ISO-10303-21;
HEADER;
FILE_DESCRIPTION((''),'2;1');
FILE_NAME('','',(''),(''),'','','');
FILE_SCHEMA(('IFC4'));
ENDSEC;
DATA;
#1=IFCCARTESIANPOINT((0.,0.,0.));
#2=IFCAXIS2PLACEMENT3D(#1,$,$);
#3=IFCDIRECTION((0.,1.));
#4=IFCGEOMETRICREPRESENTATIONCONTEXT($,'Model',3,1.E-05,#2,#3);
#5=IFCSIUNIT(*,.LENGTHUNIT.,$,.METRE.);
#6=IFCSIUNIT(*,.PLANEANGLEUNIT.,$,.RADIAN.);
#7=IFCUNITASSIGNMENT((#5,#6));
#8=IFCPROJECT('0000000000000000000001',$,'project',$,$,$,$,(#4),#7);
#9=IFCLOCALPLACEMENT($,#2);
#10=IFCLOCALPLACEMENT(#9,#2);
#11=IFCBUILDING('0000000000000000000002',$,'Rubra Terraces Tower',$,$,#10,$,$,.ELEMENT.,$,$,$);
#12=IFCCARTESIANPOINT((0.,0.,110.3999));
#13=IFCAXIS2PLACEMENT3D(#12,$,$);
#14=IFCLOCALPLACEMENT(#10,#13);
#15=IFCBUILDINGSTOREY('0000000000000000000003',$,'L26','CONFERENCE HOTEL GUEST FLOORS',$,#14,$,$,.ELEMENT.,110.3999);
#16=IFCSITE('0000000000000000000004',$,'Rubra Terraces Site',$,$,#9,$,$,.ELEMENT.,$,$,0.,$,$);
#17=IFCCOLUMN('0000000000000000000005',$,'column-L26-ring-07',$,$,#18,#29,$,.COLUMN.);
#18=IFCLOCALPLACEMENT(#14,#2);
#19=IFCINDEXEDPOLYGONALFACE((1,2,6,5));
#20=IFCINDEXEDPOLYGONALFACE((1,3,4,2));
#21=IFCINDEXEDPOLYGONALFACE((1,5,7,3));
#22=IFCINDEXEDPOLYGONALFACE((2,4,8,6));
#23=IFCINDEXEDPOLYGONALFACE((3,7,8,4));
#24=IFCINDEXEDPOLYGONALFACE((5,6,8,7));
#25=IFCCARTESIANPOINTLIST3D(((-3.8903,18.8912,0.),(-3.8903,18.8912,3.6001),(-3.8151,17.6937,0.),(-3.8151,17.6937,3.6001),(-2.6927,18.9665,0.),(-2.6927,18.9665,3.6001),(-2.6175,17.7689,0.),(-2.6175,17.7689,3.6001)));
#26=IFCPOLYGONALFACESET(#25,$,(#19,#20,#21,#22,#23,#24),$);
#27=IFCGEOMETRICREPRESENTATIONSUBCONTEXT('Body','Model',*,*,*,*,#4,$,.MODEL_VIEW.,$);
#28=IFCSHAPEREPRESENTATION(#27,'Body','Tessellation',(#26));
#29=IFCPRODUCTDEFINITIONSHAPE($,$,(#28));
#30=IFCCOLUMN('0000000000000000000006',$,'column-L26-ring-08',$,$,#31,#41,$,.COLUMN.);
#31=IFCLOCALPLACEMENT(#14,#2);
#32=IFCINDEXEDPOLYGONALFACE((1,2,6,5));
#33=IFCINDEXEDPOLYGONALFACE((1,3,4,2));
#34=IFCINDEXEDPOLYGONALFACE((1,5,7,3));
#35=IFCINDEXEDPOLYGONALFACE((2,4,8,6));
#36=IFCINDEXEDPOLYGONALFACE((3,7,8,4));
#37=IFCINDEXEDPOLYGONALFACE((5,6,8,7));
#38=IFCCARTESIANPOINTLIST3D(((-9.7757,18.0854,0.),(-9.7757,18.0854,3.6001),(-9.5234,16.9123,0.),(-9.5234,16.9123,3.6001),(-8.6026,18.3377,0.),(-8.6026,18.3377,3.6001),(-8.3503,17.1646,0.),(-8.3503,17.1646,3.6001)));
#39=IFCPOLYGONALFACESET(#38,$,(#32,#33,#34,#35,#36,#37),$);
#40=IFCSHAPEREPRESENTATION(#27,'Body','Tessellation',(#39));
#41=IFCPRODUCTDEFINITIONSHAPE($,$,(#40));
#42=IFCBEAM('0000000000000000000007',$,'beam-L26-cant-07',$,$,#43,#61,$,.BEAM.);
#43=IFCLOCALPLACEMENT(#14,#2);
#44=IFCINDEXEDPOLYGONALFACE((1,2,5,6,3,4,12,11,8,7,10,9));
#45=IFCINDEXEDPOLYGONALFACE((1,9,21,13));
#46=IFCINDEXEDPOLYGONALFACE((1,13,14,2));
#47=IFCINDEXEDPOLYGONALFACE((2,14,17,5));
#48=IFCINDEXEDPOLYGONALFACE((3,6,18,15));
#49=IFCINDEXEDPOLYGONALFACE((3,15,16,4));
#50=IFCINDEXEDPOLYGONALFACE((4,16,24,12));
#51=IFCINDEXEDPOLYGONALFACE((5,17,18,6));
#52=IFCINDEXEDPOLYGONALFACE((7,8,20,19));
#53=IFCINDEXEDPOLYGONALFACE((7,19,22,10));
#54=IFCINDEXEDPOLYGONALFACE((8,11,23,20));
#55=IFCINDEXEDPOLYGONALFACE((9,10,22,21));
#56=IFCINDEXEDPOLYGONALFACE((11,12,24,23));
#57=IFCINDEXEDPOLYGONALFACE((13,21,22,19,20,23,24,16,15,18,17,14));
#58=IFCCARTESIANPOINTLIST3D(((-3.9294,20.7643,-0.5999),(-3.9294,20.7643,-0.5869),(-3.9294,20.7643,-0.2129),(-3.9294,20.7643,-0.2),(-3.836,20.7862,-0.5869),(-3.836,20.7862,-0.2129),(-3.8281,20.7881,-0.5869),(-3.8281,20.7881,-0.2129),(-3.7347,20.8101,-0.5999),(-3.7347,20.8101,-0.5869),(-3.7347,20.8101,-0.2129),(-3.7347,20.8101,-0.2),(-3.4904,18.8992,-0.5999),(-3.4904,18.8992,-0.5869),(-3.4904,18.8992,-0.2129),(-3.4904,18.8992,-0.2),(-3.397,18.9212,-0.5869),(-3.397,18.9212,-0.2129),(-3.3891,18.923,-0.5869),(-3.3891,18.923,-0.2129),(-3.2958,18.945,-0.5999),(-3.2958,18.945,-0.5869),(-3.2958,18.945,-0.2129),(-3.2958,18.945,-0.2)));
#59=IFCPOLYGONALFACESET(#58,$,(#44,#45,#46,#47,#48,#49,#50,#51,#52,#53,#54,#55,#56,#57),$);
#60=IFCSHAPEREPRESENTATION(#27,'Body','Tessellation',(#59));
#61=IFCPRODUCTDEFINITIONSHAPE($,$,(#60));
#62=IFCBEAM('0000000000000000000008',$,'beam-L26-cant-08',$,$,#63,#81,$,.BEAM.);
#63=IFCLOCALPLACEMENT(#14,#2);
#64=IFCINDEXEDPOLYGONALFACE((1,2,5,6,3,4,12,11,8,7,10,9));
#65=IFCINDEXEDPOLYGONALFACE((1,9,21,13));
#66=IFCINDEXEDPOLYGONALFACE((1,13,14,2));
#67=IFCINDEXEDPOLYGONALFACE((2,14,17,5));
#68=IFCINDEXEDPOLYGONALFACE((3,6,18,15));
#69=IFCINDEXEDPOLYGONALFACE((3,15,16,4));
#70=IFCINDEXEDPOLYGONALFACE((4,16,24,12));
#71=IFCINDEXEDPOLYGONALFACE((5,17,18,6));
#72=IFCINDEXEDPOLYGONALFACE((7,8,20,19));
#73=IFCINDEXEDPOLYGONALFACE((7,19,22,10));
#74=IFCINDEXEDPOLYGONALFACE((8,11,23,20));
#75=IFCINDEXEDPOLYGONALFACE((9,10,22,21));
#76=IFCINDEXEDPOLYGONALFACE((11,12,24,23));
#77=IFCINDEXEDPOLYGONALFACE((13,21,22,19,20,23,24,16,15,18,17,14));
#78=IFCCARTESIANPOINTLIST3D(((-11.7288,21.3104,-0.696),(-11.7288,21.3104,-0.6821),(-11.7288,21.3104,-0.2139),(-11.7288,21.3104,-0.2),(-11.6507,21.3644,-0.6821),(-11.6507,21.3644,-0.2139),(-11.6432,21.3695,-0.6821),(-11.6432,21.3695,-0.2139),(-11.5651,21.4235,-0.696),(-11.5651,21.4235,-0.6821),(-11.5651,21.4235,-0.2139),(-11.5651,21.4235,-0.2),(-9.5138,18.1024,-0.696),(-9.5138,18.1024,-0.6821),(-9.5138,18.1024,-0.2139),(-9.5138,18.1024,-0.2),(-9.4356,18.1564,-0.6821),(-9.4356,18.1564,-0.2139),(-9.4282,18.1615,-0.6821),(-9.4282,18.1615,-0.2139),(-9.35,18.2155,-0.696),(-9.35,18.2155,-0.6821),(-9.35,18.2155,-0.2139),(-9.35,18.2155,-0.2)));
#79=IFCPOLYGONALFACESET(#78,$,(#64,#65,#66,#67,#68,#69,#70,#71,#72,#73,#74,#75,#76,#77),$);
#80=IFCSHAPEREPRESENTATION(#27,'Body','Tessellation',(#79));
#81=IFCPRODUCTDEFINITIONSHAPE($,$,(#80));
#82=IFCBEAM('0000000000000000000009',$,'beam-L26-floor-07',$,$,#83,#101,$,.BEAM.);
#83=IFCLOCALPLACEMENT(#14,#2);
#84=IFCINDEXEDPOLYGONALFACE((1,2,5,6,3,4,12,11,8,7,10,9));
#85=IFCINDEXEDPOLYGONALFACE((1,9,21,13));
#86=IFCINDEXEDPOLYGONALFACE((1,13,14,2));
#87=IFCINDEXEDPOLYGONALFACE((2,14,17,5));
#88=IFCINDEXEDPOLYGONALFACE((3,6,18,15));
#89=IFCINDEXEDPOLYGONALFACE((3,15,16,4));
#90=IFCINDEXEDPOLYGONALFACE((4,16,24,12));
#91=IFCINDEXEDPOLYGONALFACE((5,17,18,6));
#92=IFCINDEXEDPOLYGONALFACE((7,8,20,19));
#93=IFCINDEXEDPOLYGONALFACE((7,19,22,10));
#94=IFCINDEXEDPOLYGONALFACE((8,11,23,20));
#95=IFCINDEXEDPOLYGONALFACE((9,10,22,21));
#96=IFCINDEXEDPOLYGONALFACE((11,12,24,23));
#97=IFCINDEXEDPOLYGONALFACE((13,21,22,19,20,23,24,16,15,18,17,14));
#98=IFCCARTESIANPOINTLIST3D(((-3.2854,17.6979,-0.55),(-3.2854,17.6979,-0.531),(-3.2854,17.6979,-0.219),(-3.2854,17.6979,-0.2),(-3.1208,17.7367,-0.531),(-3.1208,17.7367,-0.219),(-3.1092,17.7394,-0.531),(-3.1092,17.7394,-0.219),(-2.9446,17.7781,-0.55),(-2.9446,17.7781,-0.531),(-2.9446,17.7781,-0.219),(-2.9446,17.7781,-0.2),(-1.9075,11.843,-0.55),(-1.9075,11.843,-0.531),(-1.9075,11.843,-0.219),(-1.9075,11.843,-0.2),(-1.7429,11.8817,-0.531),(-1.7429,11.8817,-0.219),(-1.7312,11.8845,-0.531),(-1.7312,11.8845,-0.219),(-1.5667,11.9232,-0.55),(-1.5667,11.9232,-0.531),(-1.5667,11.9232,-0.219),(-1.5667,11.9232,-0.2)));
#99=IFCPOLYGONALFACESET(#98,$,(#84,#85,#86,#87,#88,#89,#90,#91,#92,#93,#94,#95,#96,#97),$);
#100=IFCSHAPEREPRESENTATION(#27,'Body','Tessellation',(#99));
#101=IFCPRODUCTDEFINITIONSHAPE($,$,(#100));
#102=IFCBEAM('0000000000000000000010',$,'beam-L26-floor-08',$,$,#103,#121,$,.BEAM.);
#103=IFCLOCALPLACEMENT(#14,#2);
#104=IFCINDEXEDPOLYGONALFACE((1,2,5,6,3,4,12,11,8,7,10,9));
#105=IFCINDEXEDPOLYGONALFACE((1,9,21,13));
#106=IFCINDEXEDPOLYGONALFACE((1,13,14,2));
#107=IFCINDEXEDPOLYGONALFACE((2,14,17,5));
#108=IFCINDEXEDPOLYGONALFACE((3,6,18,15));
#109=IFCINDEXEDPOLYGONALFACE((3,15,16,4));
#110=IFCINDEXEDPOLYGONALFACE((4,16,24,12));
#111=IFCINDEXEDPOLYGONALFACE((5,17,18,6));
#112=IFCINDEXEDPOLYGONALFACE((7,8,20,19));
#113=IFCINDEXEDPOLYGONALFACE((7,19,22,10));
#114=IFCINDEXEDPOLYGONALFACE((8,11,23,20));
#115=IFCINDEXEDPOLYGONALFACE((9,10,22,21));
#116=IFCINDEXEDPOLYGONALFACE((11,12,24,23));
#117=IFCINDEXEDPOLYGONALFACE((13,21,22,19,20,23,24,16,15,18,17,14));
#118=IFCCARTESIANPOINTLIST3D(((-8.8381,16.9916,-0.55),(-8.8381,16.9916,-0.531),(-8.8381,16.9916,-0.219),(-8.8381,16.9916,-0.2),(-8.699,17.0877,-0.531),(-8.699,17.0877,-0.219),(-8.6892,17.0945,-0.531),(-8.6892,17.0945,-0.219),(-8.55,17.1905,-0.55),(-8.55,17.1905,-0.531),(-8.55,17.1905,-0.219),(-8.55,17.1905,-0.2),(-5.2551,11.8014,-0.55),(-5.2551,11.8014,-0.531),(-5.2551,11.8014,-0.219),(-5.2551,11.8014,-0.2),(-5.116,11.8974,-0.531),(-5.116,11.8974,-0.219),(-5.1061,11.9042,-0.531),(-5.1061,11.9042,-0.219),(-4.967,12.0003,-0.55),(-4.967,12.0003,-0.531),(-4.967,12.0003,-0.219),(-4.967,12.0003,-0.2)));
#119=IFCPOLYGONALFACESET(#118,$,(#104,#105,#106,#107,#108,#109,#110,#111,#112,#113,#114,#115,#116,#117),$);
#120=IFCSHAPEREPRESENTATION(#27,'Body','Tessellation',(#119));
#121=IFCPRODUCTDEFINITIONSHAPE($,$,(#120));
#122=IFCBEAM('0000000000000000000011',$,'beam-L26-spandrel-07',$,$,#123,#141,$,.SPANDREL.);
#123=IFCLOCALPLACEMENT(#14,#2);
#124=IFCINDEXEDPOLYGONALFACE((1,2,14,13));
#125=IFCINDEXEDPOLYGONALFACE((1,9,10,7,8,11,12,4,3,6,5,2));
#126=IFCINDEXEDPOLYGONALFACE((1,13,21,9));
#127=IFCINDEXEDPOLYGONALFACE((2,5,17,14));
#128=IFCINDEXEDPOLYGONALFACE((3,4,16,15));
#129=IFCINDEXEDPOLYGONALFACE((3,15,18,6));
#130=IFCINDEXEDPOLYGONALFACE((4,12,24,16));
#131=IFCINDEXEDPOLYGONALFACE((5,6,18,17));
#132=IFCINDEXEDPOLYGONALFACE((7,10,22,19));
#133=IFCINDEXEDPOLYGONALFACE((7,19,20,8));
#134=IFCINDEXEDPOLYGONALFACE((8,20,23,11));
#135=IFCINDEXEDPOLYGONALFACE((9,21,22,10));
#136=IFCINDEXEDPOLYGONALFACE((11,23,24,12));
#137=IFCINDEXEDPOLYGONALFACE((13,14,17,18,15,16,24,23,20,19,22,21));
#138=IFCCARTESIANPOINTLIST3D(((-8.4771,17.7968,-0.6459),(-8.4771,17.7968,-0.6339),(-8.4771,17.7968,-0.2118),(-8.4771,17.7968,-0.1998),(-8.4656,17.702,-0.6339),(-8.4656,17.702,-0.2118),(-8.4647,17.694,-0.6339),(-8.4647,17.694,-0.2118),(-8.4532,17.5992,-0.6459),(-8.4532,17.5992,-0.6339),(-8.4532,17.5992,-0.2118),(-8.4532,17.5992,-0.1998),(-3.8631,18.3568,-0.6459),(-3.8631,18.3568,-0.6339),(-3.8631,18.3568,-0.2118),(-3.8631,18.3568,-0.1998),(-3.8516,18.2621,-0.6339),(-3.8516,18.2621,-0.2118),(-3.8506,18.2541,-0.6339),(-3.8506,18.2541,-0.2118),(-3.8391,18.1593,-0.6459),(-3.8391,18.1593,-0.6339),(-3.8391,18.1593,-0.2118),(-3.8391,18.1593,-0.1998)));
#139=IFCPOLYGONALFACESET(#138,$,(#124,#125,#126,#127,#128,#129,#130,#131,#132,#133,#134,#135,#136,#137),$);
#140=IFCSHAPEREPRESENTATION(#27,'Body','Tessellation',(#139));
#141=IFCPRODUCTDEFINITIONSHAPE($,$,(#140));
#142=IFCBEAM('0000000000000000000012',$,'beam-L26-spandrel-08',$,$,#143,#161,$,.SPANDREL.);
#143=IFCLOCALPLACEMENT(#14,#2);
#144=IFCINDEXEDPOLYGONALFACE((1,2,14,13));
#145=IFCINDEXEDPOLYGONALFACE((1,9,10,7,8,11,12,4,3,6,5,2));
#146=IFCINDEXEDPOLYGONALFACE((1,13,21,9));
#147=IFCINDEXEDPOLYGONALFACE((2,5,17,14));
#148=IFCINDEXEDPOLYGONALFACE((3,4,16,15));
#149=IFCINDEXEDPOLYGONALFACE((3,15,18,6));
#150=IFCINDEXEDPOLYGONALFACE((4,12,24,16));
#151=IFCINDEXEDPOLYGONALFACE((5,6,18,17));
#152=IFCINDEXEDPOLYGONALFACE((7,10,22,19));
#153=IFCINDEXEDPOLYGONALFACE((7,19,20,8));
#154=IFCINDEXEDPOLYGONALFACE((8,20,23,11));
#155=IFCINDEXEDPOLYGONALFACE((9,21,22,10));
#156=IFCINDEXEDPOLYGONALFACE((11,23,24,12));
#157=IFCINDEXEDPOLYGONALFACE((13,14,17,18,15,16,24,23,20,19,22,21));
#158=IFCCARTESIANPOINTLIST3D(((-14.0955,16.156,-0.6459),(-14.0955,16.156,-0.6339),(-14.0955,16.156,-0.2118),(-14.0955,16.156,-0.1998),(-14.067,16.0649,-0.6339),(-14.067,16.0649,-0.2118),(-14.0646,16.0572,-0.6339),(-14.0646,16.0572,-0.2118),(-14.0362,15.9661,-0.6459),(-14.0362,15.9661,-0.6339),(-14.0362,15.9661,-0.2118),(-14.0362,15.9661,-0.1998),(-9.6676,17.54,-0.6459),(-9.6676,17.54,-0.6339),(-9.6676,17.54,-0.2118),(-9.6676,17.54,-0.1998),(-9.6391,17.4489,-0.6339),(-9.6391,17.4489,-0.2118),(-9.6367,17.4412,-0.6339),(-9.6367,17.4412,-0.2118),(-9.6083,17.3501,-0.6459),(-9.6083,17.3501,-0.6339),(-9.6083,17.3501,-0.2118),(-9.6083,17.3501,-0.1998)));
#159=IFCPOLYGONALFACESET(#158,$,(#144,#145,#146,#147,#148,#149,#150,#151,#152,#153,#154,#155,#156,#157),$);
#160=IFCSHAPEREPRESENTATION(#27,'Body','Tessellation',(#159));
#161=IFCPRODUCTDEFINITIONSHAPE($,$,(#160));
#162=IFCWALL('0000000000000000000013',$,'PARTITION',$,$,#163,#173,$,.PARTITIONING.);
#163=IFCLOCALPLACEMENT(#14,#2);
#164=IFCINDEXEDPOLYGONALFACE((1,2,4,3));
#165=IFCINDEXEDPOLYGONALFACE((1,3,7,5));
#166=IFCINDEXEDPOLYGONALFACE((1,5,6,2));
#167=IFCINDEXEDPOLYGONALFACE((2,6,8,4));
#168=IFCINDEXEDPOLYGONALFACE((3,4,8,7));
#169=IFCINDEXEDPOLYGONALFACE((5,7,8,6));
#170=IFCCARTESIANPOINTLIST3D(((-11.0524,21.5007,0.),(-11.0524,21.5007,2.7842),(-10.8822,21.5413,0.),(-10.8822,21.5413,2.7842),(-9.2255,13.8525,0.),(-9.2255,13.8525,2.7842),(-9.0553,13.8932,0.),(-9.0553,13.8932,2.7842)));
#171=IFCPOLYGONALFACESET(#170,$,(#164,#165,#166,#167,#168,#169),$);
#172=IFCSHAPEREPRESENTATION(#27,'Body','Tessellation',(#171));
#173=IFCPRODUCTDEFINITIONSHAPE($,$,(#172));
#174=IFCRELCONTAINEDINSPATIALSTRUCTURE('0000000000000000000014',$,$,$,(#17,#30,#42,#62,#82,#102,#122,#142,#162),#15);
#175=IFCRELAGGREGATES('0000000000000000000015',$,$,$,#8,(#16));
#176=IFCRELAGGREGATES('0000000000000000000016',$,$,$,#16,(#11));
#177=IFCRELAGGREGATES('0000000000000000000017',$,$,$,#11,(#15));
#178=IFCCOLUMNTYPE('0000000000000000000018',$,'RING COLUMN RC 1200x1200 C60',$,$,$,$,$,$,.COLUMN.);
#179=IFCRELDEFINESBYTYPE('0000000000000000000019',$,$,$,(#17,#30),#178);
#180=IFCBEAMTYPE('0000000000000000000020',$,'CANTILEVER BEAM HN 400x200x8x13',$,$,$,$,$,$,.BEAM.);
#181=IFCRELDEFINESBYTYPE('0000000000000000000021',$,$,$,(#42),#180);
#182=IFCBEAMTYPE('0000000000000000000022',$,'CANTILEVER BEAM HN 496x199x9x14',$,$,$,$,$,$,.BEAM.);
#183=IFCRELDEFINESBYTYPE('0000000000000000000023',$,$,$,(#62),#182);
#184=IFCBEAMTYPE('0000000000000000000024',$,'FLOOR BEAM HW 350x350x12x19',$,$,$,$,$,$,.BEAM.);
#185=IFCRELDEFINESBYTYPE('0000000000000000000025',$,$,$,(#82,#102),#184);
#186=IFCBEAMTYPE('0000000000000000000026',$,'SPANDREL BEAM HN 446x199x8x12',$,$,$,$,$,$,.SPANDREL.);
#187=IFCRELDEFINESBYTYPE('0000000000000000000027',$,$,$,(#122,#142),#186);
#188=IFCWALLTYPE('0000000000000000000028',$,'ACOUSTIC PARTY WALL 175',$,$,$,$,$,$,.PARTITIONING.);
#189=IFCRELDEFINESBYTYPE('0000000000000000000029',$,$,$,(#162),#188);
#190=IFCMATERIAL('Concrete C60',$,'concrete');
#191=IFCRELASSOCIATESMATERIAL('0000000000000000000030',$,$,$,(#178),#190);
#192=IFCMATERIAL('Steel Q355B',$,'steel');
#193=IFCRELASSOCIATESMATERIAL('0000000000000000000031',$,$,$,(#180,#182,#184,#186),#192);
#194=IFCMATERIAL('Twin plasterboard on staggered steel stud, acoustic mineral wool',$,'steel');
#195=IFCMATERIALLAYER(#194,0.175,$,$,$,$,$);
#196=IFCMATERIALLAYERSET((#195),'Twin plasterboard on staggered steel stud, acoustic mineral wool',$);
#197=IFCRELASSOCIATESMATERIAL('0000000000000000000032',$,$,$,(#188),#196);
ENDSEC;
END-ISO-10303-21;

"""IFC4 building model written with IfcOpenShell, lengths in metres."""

from ifc_helpers import new_model, si_unit, direction, frame, frame_2d, origin, origin_2d, place, context, subcontext, project, spatial, rectangle, i_section, extrude, material, layer, layer_set, material_profile, profile_set, type_object, element, save


model = new_model("IFC4")

# Units and contexts
model_context = context("Model", 3, precision=1e-05, world=origin(), true_north=direction((0.0, 1.0)))
body_context = subcontext(model_context, "Body", "Model", "MODEL_VIEW")
ifc_project = project(units=[si_unit("LENGTHUNIT", "METRE"), si_unit("PLANEANGLEUNIT", "RADIAN")], contexts=[model_context])

# Site, building, storey
site_placement = place(None, origin())
site = spatial("IfcSite", under=ifc_project, at=site_placement, Name="Rubra Terraces Site", CompositionType="ELEMENT", RefElevation=0.0)
building_placement = place(site_placement, origin())
building = spatial("IfcBuilding", under=site, at=building_placement, Name="Rubra Terraces Tower", CompositionType="ELEMENT")
storey_placement = place(building_placement, frame((0.0, 0.0, 110.3999)))
storey = spatial("IfcBuildingStorey", under=building, at=storey_placement, Name="L26", Description="CONFERENCE HOTEL GUEST FLOORS", CompositionType="ELEMENT", Elevation=110.3999)

# Columns
ifc_material_1 = material(Name="Concrete C60", Category="concrete")
ifc_material_profile_1 = material_profile(ifc_material_1, rectangle(XDim=1.2, YDim=1.2, at=origin_2d()), Name="RC 1200x1200")
ifc_profile_set_1 = profile_set([ifc_material_profile_1], Name="Concrete C60")
column_type = type_object("IfcColumnType", Name="RING COLUMN RC 1200x1200 C60", PredefinedType="COLUMN", material=ifc_profile_set_1)
for number, where, z_axis, x_axis, name in (
    (1, (-3.2539, 18.3301, 0.0), (0.0, 0.0, 1.0), (-0.998032, -0.062714, 0.0), "column-L26-ring-07"),
    (2, (-9.063, 17.625, 0.0), (0.0, 0.0, 1.0), (-0.977653, -0.210227, 0.0), "column-L26-ring-08"),
):
    element("IfcColumn", number, at=place(storey_placement, frame(where, z_axis=z_axis, x_axis=x_axis)), inside=storey, type_object=column_type, Name=name, PredefinedType="COLUMN", context=body_context, shape_type="SweptSolid", body=[
        extrude(rectangle(XDim=1.2, YDim=1.2, at=origin_2d()), origin(), (0.0, 0.0, 1.0), 3.6001),
    ])

# Beams
ifc_material_2 = material(Name="Steel Q355B", Category="steel")
ifc_material_profile_2 = material_profile(ifc_material_2, i_section(OverallWidth=0.2, OverallDepth=0.3999, WebThickness=0.0081, FlangeThickness=0.0129, at=origin_2d()), Name="HN 400x200x8x13")
ifc_profile_set_2 = profile_set([ifc_material_profile_2], Name="Steel Q355B")
beam_type_1 = type_object("IfcBeamType", Name="CANTILEVER BEAM HN 400x200x8x13", PredefinedType="BEAM", material=ifc_profile_set_2)
beam_1_placement = place(storey_placement, frame((-3.3931, 18.9221, -0.3999), z_axis=(-0.22911, 0.9734, 0.0), x_axis=(-0.9734, -0.22911, 0.0)))
element("IfcBeam", 3, at=beam_1_placement, inside=storey, type_object=beam_type_1, Name="beam-L26-cant-07", PredefinedType="BEAM", context=body_context, shape_type="SweptSolid", body=[
    extrude(i_section(OverallWidth=0.2, OverallDepth=0.3999, WebThickness=0.0081, FlangeThickness=0.0129, at=origin_2d()), origin(), (0.0, 0.0, 1.0), 1.916),
])
ifc_material_profile_3 = material_profile(ifc_material_2, i_section(OverallWidth=0.199, OverallDepth=0.4961, WebThickness=0.009, FlangeThickness=0.0139, at=origin_2d()), Name="HN 496x199x9x14")
ifc_profile_set_3 = profile_set([ifc_material_profile_3], Name="Steel Q355B")
beam_type_2 = type_object("IfcBeamType", Name="CANTILEVER BEAM HN 496x199x9x14", PredefinedType="BEAM", material=ifc_profile_set_3)
beam_2_placement = place(storey_placement, frame((-9.4319, 18.1589, -0.448), z_axis=(-0.568197, 0.822893, 0.0), x_axis=(-0.822893, -0.568197, 0.0)))
element("IfcBeam", 4, at=beam_2_placement, inside=storey, type_object=beam_type_2, Name="beam-L26-cant-08", PredefinedType="BEAM", context=body_context, shape_type="SweptSolid", body=[
    extrude(i_section(OverallWidth=0.199, OverallDepth=0.4961, WebThickness=0.009, FlangeThickness=0.0139, at=origin_2d()), origin(), (0.0, 0.0, 1.0), 3.8984),
])
ifc_material_profile_4 = material_profile(ifc_material_2, i_section(OverallWidth=0.3501, OverallDepth=0.3501, WebThickness=0.012, FlangeThickness=0.019, at=origin_2d()), Name="HW 350x350x12x19")
ifc_profile_set_4 = profile_set([ifc_material_profile_4], Name="Steel Q355B")
beam_type_3 = type_object("IfcBeamType", Name="FLOOR BEAM HW 350x350x12x19", PredefinedType="BEAM", material=ifc_profile_set_4)
beam_3_placement = place(storey_placement, frame((-3.115, 17.738, -0.375), z_axis=(0.229085, -0.973407, 0.0), x_axis=(0.973407, 0.229085, 0.0)))
element("IfcBeam", 5, at=beam_3_placement, inside=storey, type_object=beam_type_3, Name="beam-L26-floor-07", PredefinedType="BEAM", context=body_context, shape_type="SweptSolid", body=[
    extrude(i_section(OverallWidth=0.3501, OverallDepth=0.3501, WebThickness=0.012, FlangeThickness=0.019, at=origin_2d()), origin(), (0.0, 0.0, 1.0), 6.0149),
])
beam_4_placement = place(storey_placement, frame((-8.6941, 17.0911, -0.375), z_axis=(0.568116, -0.822948, 0.0), x_axis=(0.822948, 0.568116, 0.0)))
element("IfcBeam", 6, at=beam_4_placement, inside=storey, type_object=beam_type_3, Name="beam-L26-floor-08", PredefinedType="BEAM", context=body_context, shape_type="SweptSolid", body=[
    extrude(i_section(OverallWidth=0.3501, OverallDepth=0.3501, WebThickness=0.012, FlangeThickness=0.019, at=origin_2d()), origin(), (0.0, 0.0, 1.0), 6.3069),
])
ifc_material_profile_5 = material_profile(ifc_material_2, i_section(OverallWidth=0.199, OverallDepth=0.446, WebThickness=0.0081, FlangeThickness=0.012, at=origin_2d()), Name="HN 446x199x8x12")
ifc_profile_set_5 = profile_set([ifc_material_profile_5], Name="Steel Q355B")
beam_type_4 = type_object("IfcBeamType", Name="SPANDREL BEAM HN 446x199x8x12", PredefinedType="SPANDREL", material=ifc_profile_set_5)
beam_5_placement = place(storey_placement, frame((-3.8511, 18.2581, -0.4229), z_axis=(-0.992714, -0.120498, 0.0), x_axis=(0.120498, -0.992714, 0.0)))
element("IfcBeam", 7, at=beam_5_placement, inside=storey, type_object=beam_type_4, Name="beam-L26-spandrel-07", PredefinedType="SPANDREL", context=body_context, shape_type="SweptSolid", body=[
    extrude(i_section(OverallWidth=0.199, OverallDepth=0.446, WebThickness=0.0081, FlangeThickness=0.012, at=origin_2d()), origin(), (0.0, 0.0, 1.0), 4.6479),
])
beam_6_placement = place(storey_placement, frame((-9.6379, 17.4451, -0.4229), z_axis=(-0.954462, -0.298332, 0.0), x_axis=(0.298332, -0.954462, 0.0)))
element("IfcBeam", 8, at=beam_6_placement, inside=storey, type_object=beam_type_4, Name="beam-L26-spandrel-08", PredefinedType="SPANDREL", context=body_context, shape_type="SweptSolid", body=[
    extrude(i_section(OverallWidth=0.199, OverallDepth=0.446, WebThickness=0.0081, FlangeThickness=0.012, at=origin_2d()), origin(), (0.0, 0.0, 1.0), 4.6392),
])

# Wall
ifc_material_3 = material(Name="Twin plasterboard on staggered steel stud, acoustic mineral wool", Category="steel")
ifc_layer_1 = layer(ifc_material_3, 0.175)
ifc_layer_set_1 = layer_set([ifc_layer_1], Name="Twin plasterboard on staggered steel stud, acoustic mineral wool")
wall_type_1 = type_object("IfcWallType", Name="ACOUSTIC PARTY WALL 175", PredefinedType="PARTITIONING", material=ifc_layer_set_1)
wall_1_placement = place(storey_placement, frame((-10.9673, 21.521, 0.0), z_axis=(0.0, 0.0, 1.0), x_axis=(0.232331, -0.972637, 0.0)))
element("IfcWall", 9, at=wall_1_placement, inside=storey, type_object=wall_type_1, Name="PARTITION", PredefinedType="PARTITIONING", context=body_context, shape_type="SweptSolid", body=[
    extrude(rectangle(XDim=7.8633, YDim=0.175, at=frame_2d((3.9316, 0.0))), origin(), (0.0, 0.0, 1.0), 2.7842),
])

save(model, "model.ifc")
